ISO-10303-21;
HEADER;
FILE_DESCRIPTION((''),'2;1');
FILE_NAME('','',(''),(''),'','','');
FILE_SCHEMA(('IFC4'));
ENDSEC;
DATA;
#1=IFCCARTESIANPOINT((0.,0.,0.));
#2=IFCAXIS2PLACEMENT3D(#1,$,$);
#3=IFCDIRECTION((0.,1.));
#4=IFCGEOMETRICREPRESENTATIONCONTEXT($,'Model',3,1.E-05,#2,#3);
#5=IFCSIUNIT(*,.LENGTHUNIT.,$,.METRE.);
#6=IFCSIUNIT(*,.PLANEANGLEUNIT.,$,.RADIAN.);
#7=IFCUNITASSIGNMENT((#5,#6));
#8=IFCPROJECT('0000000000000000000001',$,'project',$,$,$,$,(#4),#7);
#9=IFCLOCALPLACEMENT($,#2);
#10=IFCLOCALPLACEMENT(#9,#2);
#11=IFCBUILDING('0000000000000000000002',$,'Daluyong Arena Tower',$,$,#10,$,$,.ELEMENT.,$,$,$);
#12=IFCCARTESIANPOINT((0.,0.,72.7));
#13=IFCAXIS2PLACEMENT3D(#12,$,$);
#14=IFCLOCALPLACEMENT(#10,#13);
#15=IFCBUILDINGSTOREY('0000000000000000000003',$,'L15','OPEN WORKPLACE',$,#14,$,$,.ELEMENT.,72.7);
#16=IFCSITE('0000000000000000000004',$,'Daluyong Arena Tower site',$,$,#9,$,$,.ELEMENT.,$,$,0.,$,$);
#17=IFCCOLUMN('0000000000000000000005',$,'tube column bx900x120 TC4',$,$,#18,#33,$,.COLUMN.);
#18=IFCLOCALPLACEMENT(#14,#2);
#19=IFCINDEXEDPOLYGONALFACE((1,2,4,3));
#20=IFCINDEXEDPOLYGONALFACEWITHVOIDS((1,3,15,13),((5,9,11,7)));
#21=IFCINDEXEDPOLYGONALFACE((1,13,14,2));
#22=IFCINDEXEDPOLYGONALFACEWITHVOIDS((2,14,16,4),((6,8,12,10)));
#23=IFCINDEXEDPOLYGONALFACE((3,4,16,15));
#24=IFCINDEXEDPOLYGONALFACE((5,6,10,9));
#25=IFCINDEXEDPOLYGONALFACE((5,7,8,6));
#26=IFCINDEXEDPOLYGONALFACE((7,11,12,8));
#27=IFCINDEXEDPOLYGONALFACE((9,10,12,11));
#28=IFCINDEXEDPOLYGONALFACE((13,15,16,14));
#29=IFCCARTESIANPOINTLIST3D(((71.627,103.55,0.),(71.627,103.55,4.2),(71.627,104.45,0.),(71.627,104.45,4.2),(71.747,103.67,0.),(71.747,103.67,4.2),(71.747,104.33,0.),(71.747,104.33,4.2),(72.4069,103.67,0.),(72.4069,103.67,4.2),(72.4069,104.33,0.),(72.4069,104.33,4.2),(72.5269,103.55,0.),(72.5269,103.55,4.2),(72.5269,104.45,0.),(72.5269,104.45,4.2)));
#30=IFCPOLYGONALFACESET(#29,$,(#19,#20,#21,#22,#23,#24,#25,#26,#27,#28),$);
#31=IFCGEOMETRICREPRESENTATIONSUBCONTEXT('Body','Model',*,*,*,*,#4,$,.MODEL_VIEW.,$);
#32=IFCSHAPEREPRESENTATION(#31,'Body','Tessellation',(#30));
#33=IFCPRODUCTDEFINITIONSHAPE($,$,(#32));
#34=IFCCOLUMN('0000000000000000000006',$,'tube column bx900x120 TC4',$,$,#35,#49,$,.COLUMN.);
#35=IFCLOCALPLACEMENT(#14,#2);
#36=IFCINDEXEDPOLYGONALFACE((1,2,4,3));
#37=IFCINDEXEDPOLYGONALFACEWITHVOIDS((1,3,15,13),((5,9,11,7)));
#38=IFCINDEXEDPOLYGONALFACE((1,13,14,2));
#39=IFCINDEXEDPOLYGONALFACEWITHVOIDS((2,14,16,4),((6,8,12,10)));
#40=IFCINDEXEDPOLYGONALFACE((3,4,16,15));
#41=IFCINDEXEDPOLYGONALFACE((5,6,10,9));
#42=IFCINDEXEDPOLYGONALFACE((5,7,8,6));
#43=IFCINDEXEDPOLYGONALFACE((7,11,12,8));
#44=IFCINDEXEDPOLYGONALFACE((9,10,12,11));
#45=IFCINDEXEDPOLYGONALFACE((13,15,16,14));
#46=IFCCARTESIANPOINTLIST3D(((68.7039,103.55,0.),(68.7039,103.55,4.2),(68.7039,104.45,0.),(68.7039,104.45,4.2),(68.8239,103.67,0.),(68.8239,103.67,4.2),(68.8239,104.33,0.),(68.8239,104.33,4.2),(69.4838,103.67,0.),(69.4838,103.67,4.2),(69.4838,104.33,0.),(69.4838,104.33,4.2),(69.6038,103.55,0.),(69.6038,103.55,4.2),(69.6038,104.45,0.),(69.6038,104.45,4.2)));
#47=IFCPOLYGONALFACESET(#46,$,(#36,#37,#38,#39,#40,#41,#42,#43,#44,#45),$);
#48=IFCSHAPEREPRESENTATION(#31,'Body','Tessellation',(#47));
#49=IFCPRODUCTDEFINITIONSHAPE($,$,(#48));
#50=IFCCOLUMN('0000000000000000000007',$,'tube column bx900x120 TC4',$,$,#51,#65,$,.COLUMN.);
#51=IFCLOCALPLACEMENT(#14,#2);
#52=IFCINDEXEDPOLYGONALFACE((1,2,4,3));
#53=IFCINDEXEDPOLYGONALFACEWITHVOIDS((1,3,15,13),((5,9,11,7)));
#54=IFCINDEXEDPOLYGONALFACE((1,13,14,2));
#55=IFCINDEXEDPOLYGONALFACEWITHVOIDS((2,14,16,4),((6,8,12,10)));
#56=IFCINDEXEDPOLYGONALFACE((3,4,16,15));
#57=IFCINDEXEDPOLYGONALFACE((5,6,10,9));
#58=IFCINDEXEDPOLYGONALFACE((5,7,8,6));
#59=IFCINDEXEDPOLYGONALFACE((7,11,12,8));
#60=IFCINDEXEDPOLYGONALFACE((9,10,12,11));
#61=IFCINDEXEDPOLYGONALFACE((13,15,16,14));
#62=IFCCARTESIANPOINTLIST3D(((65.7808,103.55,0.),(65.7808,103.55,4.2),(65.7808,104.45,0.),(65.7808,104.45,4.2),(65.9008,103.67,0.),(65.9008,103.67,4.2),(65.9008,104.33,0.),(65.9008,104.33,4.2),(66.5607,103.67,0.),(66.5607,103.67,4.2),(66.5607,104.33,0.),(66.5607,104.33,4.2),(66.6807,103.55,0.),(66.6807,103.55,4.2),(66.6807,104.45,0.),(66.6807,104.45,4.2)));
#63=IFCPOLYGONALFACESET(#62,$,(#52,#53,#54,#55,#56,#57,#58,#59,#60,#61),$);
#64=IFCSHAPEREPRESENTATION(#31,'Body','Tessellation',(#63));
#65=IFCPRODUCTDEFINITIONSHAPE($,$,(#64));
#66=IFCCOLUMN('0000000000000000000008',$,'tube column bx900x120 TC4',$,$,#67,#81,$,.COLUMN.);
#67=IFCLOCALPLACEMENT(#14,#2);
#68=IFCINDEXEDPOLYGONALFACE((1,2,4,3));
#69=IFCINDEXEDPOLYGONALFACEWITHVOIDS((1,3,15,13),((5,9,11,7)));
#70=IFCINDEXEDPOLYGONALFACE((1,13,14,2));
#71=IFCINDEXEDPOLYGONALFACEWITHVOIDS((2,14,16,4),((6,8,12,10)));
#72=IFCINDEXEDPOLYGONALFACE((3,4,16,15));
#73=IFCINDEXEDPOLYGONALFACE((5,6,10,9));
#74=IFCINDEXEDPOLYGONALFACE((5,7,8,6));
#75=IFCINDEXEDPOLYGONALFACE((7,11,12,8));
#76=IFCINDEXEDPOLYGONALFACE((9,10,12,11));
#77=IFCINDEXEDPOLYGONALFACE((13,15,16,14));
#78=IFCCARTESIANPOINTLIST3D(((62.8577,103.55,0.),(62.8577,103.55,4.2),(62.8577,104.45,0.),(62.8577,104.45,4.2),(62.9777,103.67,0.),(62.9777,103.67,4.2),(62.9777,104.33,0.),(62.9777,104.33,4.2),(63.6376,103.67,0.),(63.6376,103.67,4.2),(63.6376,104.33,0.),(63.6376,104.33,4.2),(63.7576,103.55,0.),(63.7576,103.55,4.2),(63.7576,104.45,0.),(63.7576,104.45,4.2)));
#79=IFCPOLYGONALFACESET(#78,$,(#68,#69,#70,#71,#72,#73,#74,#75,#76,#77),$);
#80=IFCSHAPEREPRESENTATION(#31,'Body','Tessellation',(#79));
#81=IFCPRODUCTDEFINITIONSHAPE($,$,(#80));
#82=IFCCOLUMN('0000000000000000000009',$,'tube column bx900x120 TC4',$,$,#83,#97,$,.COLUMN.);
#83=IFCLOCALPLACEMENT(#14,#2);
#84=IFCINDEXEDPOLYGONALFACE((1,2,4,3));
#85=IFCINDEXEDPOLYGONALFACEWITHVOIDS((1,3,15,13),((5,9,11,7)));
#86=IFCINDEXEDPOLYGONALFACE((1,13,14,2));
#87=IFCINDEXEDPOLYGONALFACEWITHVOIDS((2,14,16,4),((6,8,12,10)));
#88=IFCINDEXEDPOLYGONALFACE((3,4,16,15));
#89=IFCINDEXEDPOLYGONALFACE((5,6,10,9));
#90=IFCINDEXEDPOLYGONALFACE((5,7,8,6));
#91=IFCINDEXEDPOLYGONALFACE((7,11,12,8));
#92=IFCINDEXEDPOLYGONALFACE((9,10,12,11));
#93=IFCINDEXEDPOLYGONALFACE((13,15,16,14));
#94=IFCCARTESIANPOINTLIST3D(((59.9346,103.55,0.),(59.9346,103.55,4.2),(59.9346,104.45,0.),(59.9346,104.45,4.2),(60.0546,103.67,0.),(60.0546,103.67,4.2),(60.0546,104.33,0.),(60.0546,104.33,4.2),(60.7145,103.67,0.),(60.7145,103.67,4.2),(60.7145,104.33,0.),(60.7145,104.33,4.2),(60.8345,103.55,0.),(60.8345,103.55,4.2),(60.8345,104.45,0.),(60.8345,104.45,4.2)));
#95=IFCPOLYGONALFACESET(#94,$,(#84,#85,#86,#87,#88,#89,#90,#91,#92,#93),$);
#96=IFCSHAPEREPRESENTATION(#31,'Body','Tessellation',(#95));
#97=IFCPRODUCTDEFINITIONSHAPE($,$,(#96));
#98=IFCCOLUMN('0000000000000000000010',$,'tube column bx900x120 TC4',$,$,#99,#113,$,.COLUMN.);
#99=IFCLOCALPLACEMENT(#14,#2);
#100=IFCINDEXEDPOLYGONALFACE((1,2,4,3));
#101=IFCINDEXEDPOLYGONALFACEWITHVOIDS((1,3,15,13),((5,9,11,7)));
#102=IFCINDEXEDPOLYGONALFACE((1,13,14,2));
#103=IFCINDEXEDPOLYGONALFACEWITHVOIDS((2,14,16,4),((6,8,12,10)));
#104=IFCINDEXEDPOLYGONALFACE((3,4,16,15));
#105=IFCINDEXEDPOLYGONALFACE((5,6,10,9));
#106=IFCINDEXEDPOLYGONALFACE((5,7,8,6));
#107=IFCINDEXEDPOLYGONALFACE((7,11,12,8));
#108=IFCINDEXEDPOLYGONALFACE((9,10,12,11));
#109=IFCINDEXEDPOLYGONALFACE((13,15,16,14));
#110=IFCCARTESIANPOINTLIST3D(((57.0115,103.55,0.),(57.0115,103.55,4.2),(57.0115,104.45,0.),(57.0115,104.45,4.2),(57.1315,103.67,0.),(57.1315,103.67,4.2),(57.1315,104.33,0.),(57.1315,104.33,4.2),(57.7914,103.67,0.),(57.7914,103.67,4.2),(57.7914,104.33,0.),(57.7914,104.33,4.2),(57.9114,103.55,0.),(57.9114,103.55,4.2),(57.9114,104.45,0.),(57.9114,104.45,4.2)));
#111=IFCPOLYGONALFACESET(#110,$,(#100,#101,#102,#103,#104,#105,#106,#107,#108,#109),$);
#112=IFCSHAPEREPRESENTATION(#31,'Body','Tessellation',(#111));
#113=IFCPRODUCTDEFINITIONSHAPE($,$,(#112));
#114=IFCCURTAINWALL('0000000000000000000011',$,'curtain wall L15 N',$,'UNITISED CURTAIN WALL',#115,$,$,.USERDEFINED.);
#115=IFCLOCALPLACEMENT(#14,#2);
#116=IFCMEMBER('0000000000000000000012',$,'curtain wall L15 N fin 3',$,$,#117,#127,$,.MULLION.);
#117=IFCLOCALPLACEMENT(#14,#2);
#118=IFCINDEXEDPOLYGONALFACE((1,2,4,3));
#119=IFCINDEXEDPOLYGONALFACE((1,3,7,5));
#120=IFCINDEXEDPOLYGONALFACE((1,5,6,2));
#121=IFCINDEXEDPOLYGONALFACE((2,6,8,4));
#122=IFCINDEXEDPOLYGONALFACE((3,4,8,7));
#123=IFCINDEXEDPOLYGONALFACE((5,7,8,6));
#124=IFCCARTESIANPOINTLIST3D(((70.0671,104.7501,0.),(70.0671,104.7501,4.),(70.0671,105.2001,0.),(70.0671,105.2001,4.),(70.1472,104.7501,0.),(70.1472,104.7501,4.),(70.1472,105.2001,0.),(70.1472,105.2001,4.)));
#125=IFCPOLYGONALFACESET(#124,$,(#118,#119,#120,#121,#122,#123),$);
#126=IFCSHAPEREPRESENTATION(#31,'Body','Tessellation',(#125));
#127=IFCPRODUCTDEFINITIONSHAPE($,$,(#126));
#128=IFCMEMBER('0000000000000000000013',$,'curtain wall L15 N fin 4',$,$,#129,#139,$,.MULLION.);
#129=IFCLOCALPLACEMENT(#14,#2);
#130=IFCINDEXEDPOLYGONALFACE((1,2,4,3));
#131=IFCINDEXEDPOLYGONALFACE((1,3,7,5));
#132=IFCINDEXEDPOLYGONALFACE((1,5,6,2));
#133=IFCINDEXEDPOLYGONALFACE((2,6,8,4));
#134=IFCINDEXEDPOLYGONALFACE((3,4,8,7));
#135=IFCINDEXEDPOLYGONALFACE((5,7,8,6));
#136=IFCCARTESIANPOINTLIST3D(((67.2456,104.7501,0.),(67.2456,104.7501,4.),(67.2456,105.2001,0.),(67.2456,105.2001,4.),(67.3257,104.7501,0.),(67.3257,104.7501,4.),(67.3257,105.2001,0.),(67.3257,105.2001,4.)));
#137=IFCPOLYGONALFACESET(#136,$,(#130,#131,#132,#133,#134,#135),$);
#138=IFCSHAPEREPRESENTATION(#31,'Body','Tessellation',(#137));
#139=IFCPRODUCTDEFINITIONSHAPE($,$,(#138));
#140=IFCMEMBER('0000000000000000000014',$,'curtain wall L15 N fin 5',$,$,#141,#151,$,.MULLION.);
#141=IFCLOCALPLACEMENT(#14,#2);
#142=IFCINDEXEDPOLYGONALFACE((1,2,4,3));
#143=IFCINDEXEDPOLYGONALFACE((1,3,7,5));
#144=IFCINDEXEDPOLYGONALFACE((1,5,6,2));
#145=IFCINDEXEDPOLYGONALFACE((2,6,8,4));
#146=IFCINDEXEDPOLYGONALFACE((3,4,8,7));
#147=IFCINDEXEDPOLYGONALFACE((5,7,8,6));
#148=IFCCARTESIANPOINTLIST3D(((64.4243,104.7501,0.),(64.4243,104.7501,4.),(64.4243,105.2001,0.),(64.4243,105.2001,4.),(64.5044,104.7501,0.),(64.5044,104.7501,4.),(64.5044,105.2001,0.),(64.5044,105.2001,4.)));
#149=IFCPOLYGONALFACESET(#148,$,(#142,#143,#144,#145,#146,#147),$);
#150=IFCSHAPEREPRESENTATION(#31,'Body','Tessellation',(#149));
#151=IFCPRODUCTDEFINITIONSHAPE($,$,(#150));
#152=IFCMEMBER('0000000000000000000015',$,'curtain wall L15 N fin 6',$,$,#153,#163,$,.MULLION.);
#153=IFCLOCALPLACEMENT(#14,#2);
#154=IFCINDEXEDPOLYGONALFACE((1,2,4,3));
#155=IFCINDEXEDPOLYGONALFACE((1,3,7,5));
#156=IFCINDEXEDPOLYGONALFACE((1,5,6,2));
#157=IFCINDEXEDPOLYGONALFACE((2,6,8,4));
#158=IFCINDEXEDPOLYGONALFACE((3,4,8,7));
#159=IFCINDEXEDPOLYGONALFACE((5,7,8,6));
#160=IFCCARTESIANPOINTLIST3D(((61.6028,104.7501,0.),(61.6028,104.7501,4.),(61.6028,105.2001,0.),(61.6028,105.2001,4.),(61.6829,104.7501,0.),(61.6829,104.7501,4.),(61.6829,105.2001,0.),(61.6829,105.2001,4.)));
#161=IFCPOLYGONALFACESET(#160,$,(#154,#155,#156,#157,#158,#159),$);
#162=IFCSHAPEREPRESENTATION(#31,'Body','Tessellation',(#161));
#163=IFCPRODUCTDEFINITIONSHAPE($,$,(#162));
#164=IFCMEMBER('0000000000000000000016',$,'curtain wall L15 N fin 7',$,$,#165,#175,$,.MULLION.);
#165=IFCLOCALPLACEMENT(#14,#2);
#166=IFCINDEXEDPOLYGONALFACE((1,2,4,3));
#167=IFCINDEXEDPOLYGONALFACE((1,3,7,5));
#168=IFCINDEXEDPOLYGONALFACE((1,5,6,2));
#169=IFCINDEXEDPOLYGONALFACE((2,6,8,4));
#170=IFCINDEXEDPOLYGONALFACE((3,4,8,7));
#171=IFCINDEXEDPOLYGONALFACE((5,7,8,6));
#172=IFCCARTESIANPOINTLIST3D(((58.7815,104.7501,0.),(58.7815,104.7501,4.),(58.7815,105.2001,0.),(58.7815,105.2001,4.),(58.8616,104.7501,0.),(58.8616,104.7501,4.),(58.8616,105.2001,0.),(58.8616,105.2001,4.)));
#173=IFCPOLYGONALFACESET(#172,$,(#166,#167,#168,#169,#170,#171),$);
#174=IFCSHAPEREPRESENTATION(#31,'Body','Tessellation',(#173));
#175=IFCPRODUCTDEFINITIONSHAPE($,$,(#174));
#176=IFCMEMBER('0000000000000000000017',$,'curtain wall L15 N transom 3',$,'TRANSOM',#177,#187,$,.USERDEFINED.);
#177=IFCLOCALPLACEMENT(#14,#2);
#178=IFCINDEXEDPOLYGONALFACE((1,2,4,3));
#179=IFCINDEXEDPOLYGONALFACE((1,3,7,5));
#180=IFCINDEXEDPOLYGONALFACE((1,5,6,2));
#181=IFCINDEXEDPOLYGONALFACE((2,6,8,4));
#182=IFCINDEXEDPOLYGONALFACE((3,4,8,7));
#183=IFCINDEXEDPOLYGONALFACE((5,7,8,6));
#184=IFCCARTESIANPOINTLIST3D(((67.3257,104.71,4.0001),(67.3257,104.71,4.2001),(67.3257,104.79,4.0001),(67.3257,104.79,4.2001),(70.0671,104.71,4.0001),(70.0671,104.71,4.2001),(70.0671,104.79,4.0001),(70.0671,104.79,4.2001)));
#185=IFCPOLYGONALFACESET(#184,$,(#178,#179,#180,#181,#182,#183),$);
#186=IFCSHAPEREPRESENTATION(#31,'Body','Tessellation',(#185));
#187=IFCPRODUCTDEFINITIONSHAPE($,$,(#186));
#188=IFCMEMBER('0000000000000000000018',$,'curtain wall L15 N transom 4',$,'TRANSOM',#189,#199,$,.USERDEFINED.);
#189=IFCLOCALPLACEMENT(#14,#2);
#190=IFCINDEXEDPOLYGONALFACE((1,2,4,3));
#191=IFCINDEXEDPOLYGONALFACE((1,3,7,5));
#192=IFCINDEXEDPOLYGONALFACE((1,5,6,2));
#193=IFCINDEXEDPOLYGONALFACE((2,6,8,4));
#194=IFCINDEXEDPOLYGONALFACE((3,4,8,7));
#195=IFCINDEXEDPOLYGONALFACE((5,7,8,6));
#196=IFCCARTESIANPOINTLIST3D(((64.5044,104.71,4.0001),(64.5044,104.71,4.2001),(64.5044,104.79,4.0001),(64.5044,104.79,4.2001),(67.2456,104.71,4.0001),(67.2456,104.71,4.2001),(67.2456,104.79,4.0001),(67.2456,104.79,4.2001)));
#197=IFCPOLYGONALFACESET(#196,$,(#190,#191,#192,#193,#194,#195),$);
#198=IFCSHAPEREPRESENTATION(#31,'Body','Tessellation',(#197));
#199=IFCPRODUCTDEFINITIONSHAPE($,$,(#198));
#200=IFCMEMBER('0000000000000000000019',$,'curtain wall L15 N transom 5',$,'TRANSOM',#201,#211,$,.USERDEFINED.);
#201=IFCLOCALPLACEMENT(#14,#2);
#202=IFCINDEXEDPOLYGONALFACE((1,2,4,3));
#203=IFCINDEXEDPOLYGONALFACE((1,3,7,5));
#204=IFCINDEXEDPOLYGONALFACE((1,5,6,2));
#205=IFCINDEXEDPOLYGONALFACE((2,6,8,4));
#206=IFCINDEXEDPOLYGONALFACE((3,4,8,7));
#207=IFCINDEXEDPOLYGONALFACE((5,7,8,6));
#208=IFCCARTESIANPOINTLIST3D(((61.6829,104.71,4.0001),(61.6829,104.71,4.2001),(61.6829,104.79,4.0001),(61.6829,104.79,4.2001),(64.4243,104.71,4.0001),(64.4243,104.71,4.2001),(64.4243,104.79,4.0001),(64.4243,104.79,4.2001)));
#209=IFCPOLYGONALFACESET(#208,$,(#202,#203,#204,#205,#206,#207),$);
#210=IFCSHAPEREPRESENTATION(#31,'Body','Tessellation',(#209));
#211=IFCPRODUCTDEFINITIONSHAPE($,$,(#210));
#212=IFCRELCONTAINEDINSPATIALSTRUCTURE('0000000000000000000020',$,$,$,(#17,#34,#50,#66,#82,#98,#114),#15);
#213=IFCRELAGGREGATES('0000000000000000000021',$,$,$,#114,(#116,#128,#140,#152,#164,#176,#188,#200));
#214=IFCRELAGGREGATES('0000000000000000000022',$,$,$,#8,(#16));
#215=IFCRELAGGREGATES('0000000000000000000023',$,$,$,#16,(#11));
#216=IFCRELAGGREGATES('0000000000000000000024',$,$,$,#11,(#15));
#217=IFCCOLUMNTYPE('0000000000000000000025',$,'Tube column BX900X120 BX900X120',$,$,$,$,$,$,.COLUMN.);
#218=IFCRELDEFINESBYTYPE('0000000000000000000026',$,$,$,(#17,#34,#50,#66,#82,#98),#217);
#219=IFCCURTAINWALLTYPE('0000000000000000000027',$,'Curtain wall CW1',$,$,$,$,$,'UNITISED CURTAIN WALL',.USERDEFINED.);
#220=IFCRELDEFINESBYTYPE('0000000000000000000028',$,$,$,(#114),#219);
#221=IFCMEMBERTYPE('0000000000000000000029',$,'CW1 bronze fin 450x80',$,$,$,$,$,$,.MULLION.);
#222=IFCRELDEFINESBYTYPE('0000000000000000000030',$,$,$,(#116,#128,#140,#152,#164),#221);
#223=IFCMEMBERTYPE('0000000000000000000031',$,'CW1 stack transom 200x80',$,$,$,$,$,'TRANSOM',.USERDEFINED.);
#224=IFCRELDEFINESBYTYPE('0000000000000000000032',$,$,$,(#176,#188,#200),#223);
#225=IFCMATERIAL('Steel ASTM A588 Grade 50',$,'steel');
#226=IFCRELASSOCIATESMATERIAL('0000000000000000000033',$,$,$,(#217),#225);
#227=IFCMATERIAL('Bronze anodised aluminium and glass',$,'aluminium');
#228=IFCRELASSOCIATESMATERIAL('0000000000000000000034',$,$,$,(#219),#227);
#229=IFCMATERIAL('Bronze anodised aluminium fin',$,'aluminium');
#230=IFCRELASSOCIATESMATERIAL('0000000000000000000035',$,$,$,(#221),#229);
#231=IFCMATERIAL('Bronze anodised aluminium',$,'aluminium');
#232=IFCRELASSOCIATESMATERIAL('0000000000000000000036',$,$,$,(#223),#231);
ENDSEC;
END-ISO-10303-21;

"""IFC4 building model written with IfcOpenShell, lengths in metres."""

from ifc_helpers import new_model, si_unit, direction, frame, origin, origin_2d, place, context, subcontext, project, spatial, rectangle, hollow_rectangle, extrude, material, material_profile, profile_set, type_object, element, aggregate, save


model = new_model("IFC4")

# Units and contexts
model_context = context("Model", 3, precision=1e-05, world=origin(), true_north=direction((0.0, 1.0)))
body_context = subcontext(model_context, "Body", "Model", "MODEL_VIEW")
ifc_project = project(units=[si_unit("LENGTHUNIT", "METRE"), si_unit("PLANEANGLEUNIT", "RADIAN")], contexts=[model_context])

# Site, building, storey
site_placement = place(None, origin())
site = spatial("IfcSite", under=ifc_project, at=site_placement, Name="Daluyong Arena Tower site", CompositionType="ELEMENT", RefElevation=0.0)
building_placement = place(site_placement, origin())
building = spatial("IfcBuilding", under=site, at=building_placement, Name="Daluyong Arena Tower", CompositionType="ELEMENT")
storey_placement = place(building_placement, frame((0.0, 0.0, 72.7)))
storey = spatial("IfcBuildingStorey", under=building, at=storey_placement, Name="L15", Description="OPEN WORKPLACE", CompositionType="ELEMENT", Elevation=72.7)

# Columns
ifc_material_1 = material(Name="Steel ASTM A588 Grade 50", Category="steel")
ifc_material_profile_1 = material_profile(ifc_material_1, hollow_rectangle(XDim=0.8999, YDim=0.8999, WallThickness=0.12, at=origin_2d()))
ifc_profile_set_1 = profile_set([ifc_material_profile_1], Name="Steel ASTM A588 Grade 50")
column_type = type_object("IfcColumnType", Name="Tube column BX900X120 BX900X120", PredefinedType="COLUMN", material=ifc_profile_set_1)
for number, where, z_axis, x_axis, name in (
    (1, (72.0769, 104.0, 0.0), (0.0, 0.0, 1.0), (1.0, 0.0, 0.0), "tube column bx900x120 TC4"),
    (2, (69.1538, 104.0, 0.0), (0.0, 0.0, 1.0), (1.0, 0.0, 0.0), "tube column bx900x120 TC4"),
    (3, (66.2307, 104.0, 0.0), (0.0, 0.0, 1.0), (1.0, 0.0, 0.0), "tube column bx900x120 TC4"),
    (4, (63.3076, 104.0, 0.0), (0.0, 0.0, 1.0), (1.0, 0.0, 0.0), "tube column bx900x120 TC4"),
    (5, (60.3845, 104.0, 0.0), (0.0, 0.0, 1.0), (1.0, 0.0, 0.0), "tube column bx900x120 TC4"),
    (6, (57.4614, 104.0, 0.0), (0.0, 0.0, 1.0), (1.0, 0.0, 0.0), "tube column bx900x120 TC4"),
):
    element("IfcColumn", number, at=place(storey_placement, frame(where, z_axis=z_axis, x_axis=x_axis)), inside=storey, type_object=column_type, Name=name, PredefinedType="COLUMN", context=body_context, shape_type="SweptSolid", body=[
        extrude(hollow_rectangle(XDim=0.8999, YDim=0.8999, WallThickness=0.12, at=origin_2d()), origin(), (0.0, 0.0, 1.0), 4.2),
    ])

# Curtain wall, members
ifc_material_2 = material(Name="Bronze anodised aluminium and glass", Category="aluminium")
curtain_wall_type = type_object("IfcCurtainWallType", Name="Curtain wall CW1", ElementType="UNITISED CURTAIN WALL", PredefinedType="USERDEFINED", material=ifc_material_2)
curtain_wall_placement = place(storey_placement, origin())
curtain_wall = element("IfcCurtainWall", 7, at=curtain_wall_placement, inside=storey, type_object=curtain_wall_type, Name="curtain wall L15 N", ObjectType="UNITISED CURTAIN WALL", PredefinedType="USERDEFINED")
ifc_material_3 = material(Name="Bronze anodised aluminium fin", Category="aluminium")
ifc_material_profile_2 = material_profile(ifc_material_3, rectangle(XDim=0.45, YDim=0.0801, at=origin_2d()))
ifc_profile_set_2 = profile_set([ifc_material_profile_2], Name="Bronze anodised aluminium fin")
member_type_1 = type_object("IfcMemberType", Name="CW1 bronze fin 450x80", PredefinedType="MULLION", material=ifc_profile_set_2)
member_1_placement = place(storey_placement, frame((70.1072, 104.9751, 0.0), z_axis=(0.0, 0.0, 1.0), x_axis=(0.0, -1.0, 0.0)))
member_1 = element("IfcMember", 8, at=member_1_placement, type_object=member_type_1, Name="curtain wall L15 N fin 3", PredefinedType="MULLION", context=body_context, shape_type="SweptSolid", body=[
    extrude(rectangle(XDim=0.45, YDim=0.0801, at=origin_2d()), origin(), (0.0, 0.0, 1.0), 4.0),
])
member_2_placement = place(storey_placement, frame((67.2856, 104.9751, 0.0), z_axis=(0.0, 0.0, 1.0), x_axis=(0.0, -1.0, 0.0)))
member_2 = element("IfcMember", 9, at=member_2_placement, type_object=member_type_1, Name="curtain wall L15 N fin 4", PredefinedType="MULLION", context=body_context, shape_type="SweptSolid", body=[
    extrude(rectangle(XDim=0.45, YDim=0.0801, at=origin_2d()), origin(), (0.0, 0.0, 1.0), 4.0),
])
member_3_placement = place(storey_placement, frame((64.4644, 104.9751, 0.0), z_axis=(0.0, 0.0, 1.0), x_axis=(0.0, -1.0, 0.0)))
member_3 = element("IfcMember", 10, at=member_3_placement, type_object=member_type_1, Name="curtain wall L15 N fin 5", PredefinedType="MULLION", context=body_context, shape_type="SweptSolid", body=[
    extrude(rectangle(XDim=0.45, YDim=0.0801, at=origin_2d()), origin(), (0.0, 0.0, 1.0), 4.0),
])
member_4_placement = place(storey_placement, frame((61.6428, 104.9751, 0.0), z_axis=(0.0, 0.0, 1.0), x_axis=(0.0, -1.0, 0.0)))
member_4 = element("IfcMember", 11, at=member_4_placement, type_object=member_type_1, Name="curtain wall L15 N fin 6", PredefinedType="MULLION", context=body_context, shape_type="SweptSolid", body=[
    extrude(rectangle(XDim=0.45, YDim=0.0801, at=origin_2d()), origin(), (0.0, 0.0, 1.0), 4.0),
])
member_5_placement = place(storey_placement, frame((58.8215, 104.9751, 0.0), z_axis=(0.0, 0.0, 1.0), x_axis=(0.0, -1.0, 0.0)))
member_5 = element("IfcMember", 12, at=member_5_placement, type_object=member_type_1, Name="curtain wall L15 N fin 7", PredefinedType="MULLION", context=body_context, shape_type="SweptSolid", body=[
    extrude(rectangle(XDim=0.45, YDim=0.0801, at=origin_2d()), origin(), (0.0, 0.0, 1.0), 4.0),
])
ifc_material_4 = material(Name="Bronze anodised aluminium", Category="aluminium")
ifc_material_profile_3 = material_profile(ifc_material_4, rectangle(XDim=0.0801, YDim=0.2, at=origin_2d()))
ifc_profile_set_3 = profile_set([ifc_material_profile_3], Name="Bronze anodised aluminium")
member_type_2 = type_object("IfcMemberType", Name="CW1 stack transom 200x80", ElementType="TRANSOM", PredefinedType="USERDEFINED", material=ifc_profile_set_3)
member_6_placement = place(storey_placement, frame((70.0671, 104.75, 4.1001), z_axis=(-1.0, 0.0, 0.0), x_axis=(0.0, -1.0, 0.0)))
member_6 = element("IfcMember", 13, at=member_6_placement, type_object=member_type_2, Name="curtain wall L15 N transom 3", ObjectType="TRANSOM", PredefinedType="USERDEFINED", context=body_context, shape_type="SweptSolid", body=[
    extrude(rectangle(XDim=0.0801, YDim=0.2, at=origin_2d()), origin(), (0.0, 0.0, 1.0), 2.7415),
])
member_7_placement = place(storey_placement, frame((67.2456, 104.75, 4.1001), z_axis=(-1.0, 0.0, 0.0), x_axis=(0.0, -1.0, 0.0)))
member_7 = element("IfcMember", 14, at=member_7_placement, type_object=member_type_2, Name="curtain wall L15 N transom 4", ObjectType="TRANSOM", PredefinedType="USERDEFINED", context=body_context, shape_type="SweptSolid", body=[
    extrude(rectangle(XDim=0.0801, YDim=0.2, at=origin_2d()), origin(), (0.0, 0.0, 1.0), 2.7412),
])
member_8_placement = place(storey_placement, frame((64.4243, 104.75, 4.1001), z_axis=(-1.0, 0.0, 0.0), x_axis=(0.0, -1.0, 0.0)))
member_8 = element("IfcMember", 15, at=member_8_placement, type_object=member_type_2, Name="curtain wall L15 N transom 5", ObjectType="TRANSOM", PredefinedType="USERDEFINED", context=body_context, shape_type="SweptSolid", body=[
    extrude(rectangle(XDim=0.0801, YDim=0.2, at=origin_2d()), origin(), (0.0, 0.0, 1.0), 2.7415),
])

aggregate(curtain_wall, [member_1, member_2, member_3, member_4, member_5, member_6, member_7, member_8])

save(model, "model.ifc")
